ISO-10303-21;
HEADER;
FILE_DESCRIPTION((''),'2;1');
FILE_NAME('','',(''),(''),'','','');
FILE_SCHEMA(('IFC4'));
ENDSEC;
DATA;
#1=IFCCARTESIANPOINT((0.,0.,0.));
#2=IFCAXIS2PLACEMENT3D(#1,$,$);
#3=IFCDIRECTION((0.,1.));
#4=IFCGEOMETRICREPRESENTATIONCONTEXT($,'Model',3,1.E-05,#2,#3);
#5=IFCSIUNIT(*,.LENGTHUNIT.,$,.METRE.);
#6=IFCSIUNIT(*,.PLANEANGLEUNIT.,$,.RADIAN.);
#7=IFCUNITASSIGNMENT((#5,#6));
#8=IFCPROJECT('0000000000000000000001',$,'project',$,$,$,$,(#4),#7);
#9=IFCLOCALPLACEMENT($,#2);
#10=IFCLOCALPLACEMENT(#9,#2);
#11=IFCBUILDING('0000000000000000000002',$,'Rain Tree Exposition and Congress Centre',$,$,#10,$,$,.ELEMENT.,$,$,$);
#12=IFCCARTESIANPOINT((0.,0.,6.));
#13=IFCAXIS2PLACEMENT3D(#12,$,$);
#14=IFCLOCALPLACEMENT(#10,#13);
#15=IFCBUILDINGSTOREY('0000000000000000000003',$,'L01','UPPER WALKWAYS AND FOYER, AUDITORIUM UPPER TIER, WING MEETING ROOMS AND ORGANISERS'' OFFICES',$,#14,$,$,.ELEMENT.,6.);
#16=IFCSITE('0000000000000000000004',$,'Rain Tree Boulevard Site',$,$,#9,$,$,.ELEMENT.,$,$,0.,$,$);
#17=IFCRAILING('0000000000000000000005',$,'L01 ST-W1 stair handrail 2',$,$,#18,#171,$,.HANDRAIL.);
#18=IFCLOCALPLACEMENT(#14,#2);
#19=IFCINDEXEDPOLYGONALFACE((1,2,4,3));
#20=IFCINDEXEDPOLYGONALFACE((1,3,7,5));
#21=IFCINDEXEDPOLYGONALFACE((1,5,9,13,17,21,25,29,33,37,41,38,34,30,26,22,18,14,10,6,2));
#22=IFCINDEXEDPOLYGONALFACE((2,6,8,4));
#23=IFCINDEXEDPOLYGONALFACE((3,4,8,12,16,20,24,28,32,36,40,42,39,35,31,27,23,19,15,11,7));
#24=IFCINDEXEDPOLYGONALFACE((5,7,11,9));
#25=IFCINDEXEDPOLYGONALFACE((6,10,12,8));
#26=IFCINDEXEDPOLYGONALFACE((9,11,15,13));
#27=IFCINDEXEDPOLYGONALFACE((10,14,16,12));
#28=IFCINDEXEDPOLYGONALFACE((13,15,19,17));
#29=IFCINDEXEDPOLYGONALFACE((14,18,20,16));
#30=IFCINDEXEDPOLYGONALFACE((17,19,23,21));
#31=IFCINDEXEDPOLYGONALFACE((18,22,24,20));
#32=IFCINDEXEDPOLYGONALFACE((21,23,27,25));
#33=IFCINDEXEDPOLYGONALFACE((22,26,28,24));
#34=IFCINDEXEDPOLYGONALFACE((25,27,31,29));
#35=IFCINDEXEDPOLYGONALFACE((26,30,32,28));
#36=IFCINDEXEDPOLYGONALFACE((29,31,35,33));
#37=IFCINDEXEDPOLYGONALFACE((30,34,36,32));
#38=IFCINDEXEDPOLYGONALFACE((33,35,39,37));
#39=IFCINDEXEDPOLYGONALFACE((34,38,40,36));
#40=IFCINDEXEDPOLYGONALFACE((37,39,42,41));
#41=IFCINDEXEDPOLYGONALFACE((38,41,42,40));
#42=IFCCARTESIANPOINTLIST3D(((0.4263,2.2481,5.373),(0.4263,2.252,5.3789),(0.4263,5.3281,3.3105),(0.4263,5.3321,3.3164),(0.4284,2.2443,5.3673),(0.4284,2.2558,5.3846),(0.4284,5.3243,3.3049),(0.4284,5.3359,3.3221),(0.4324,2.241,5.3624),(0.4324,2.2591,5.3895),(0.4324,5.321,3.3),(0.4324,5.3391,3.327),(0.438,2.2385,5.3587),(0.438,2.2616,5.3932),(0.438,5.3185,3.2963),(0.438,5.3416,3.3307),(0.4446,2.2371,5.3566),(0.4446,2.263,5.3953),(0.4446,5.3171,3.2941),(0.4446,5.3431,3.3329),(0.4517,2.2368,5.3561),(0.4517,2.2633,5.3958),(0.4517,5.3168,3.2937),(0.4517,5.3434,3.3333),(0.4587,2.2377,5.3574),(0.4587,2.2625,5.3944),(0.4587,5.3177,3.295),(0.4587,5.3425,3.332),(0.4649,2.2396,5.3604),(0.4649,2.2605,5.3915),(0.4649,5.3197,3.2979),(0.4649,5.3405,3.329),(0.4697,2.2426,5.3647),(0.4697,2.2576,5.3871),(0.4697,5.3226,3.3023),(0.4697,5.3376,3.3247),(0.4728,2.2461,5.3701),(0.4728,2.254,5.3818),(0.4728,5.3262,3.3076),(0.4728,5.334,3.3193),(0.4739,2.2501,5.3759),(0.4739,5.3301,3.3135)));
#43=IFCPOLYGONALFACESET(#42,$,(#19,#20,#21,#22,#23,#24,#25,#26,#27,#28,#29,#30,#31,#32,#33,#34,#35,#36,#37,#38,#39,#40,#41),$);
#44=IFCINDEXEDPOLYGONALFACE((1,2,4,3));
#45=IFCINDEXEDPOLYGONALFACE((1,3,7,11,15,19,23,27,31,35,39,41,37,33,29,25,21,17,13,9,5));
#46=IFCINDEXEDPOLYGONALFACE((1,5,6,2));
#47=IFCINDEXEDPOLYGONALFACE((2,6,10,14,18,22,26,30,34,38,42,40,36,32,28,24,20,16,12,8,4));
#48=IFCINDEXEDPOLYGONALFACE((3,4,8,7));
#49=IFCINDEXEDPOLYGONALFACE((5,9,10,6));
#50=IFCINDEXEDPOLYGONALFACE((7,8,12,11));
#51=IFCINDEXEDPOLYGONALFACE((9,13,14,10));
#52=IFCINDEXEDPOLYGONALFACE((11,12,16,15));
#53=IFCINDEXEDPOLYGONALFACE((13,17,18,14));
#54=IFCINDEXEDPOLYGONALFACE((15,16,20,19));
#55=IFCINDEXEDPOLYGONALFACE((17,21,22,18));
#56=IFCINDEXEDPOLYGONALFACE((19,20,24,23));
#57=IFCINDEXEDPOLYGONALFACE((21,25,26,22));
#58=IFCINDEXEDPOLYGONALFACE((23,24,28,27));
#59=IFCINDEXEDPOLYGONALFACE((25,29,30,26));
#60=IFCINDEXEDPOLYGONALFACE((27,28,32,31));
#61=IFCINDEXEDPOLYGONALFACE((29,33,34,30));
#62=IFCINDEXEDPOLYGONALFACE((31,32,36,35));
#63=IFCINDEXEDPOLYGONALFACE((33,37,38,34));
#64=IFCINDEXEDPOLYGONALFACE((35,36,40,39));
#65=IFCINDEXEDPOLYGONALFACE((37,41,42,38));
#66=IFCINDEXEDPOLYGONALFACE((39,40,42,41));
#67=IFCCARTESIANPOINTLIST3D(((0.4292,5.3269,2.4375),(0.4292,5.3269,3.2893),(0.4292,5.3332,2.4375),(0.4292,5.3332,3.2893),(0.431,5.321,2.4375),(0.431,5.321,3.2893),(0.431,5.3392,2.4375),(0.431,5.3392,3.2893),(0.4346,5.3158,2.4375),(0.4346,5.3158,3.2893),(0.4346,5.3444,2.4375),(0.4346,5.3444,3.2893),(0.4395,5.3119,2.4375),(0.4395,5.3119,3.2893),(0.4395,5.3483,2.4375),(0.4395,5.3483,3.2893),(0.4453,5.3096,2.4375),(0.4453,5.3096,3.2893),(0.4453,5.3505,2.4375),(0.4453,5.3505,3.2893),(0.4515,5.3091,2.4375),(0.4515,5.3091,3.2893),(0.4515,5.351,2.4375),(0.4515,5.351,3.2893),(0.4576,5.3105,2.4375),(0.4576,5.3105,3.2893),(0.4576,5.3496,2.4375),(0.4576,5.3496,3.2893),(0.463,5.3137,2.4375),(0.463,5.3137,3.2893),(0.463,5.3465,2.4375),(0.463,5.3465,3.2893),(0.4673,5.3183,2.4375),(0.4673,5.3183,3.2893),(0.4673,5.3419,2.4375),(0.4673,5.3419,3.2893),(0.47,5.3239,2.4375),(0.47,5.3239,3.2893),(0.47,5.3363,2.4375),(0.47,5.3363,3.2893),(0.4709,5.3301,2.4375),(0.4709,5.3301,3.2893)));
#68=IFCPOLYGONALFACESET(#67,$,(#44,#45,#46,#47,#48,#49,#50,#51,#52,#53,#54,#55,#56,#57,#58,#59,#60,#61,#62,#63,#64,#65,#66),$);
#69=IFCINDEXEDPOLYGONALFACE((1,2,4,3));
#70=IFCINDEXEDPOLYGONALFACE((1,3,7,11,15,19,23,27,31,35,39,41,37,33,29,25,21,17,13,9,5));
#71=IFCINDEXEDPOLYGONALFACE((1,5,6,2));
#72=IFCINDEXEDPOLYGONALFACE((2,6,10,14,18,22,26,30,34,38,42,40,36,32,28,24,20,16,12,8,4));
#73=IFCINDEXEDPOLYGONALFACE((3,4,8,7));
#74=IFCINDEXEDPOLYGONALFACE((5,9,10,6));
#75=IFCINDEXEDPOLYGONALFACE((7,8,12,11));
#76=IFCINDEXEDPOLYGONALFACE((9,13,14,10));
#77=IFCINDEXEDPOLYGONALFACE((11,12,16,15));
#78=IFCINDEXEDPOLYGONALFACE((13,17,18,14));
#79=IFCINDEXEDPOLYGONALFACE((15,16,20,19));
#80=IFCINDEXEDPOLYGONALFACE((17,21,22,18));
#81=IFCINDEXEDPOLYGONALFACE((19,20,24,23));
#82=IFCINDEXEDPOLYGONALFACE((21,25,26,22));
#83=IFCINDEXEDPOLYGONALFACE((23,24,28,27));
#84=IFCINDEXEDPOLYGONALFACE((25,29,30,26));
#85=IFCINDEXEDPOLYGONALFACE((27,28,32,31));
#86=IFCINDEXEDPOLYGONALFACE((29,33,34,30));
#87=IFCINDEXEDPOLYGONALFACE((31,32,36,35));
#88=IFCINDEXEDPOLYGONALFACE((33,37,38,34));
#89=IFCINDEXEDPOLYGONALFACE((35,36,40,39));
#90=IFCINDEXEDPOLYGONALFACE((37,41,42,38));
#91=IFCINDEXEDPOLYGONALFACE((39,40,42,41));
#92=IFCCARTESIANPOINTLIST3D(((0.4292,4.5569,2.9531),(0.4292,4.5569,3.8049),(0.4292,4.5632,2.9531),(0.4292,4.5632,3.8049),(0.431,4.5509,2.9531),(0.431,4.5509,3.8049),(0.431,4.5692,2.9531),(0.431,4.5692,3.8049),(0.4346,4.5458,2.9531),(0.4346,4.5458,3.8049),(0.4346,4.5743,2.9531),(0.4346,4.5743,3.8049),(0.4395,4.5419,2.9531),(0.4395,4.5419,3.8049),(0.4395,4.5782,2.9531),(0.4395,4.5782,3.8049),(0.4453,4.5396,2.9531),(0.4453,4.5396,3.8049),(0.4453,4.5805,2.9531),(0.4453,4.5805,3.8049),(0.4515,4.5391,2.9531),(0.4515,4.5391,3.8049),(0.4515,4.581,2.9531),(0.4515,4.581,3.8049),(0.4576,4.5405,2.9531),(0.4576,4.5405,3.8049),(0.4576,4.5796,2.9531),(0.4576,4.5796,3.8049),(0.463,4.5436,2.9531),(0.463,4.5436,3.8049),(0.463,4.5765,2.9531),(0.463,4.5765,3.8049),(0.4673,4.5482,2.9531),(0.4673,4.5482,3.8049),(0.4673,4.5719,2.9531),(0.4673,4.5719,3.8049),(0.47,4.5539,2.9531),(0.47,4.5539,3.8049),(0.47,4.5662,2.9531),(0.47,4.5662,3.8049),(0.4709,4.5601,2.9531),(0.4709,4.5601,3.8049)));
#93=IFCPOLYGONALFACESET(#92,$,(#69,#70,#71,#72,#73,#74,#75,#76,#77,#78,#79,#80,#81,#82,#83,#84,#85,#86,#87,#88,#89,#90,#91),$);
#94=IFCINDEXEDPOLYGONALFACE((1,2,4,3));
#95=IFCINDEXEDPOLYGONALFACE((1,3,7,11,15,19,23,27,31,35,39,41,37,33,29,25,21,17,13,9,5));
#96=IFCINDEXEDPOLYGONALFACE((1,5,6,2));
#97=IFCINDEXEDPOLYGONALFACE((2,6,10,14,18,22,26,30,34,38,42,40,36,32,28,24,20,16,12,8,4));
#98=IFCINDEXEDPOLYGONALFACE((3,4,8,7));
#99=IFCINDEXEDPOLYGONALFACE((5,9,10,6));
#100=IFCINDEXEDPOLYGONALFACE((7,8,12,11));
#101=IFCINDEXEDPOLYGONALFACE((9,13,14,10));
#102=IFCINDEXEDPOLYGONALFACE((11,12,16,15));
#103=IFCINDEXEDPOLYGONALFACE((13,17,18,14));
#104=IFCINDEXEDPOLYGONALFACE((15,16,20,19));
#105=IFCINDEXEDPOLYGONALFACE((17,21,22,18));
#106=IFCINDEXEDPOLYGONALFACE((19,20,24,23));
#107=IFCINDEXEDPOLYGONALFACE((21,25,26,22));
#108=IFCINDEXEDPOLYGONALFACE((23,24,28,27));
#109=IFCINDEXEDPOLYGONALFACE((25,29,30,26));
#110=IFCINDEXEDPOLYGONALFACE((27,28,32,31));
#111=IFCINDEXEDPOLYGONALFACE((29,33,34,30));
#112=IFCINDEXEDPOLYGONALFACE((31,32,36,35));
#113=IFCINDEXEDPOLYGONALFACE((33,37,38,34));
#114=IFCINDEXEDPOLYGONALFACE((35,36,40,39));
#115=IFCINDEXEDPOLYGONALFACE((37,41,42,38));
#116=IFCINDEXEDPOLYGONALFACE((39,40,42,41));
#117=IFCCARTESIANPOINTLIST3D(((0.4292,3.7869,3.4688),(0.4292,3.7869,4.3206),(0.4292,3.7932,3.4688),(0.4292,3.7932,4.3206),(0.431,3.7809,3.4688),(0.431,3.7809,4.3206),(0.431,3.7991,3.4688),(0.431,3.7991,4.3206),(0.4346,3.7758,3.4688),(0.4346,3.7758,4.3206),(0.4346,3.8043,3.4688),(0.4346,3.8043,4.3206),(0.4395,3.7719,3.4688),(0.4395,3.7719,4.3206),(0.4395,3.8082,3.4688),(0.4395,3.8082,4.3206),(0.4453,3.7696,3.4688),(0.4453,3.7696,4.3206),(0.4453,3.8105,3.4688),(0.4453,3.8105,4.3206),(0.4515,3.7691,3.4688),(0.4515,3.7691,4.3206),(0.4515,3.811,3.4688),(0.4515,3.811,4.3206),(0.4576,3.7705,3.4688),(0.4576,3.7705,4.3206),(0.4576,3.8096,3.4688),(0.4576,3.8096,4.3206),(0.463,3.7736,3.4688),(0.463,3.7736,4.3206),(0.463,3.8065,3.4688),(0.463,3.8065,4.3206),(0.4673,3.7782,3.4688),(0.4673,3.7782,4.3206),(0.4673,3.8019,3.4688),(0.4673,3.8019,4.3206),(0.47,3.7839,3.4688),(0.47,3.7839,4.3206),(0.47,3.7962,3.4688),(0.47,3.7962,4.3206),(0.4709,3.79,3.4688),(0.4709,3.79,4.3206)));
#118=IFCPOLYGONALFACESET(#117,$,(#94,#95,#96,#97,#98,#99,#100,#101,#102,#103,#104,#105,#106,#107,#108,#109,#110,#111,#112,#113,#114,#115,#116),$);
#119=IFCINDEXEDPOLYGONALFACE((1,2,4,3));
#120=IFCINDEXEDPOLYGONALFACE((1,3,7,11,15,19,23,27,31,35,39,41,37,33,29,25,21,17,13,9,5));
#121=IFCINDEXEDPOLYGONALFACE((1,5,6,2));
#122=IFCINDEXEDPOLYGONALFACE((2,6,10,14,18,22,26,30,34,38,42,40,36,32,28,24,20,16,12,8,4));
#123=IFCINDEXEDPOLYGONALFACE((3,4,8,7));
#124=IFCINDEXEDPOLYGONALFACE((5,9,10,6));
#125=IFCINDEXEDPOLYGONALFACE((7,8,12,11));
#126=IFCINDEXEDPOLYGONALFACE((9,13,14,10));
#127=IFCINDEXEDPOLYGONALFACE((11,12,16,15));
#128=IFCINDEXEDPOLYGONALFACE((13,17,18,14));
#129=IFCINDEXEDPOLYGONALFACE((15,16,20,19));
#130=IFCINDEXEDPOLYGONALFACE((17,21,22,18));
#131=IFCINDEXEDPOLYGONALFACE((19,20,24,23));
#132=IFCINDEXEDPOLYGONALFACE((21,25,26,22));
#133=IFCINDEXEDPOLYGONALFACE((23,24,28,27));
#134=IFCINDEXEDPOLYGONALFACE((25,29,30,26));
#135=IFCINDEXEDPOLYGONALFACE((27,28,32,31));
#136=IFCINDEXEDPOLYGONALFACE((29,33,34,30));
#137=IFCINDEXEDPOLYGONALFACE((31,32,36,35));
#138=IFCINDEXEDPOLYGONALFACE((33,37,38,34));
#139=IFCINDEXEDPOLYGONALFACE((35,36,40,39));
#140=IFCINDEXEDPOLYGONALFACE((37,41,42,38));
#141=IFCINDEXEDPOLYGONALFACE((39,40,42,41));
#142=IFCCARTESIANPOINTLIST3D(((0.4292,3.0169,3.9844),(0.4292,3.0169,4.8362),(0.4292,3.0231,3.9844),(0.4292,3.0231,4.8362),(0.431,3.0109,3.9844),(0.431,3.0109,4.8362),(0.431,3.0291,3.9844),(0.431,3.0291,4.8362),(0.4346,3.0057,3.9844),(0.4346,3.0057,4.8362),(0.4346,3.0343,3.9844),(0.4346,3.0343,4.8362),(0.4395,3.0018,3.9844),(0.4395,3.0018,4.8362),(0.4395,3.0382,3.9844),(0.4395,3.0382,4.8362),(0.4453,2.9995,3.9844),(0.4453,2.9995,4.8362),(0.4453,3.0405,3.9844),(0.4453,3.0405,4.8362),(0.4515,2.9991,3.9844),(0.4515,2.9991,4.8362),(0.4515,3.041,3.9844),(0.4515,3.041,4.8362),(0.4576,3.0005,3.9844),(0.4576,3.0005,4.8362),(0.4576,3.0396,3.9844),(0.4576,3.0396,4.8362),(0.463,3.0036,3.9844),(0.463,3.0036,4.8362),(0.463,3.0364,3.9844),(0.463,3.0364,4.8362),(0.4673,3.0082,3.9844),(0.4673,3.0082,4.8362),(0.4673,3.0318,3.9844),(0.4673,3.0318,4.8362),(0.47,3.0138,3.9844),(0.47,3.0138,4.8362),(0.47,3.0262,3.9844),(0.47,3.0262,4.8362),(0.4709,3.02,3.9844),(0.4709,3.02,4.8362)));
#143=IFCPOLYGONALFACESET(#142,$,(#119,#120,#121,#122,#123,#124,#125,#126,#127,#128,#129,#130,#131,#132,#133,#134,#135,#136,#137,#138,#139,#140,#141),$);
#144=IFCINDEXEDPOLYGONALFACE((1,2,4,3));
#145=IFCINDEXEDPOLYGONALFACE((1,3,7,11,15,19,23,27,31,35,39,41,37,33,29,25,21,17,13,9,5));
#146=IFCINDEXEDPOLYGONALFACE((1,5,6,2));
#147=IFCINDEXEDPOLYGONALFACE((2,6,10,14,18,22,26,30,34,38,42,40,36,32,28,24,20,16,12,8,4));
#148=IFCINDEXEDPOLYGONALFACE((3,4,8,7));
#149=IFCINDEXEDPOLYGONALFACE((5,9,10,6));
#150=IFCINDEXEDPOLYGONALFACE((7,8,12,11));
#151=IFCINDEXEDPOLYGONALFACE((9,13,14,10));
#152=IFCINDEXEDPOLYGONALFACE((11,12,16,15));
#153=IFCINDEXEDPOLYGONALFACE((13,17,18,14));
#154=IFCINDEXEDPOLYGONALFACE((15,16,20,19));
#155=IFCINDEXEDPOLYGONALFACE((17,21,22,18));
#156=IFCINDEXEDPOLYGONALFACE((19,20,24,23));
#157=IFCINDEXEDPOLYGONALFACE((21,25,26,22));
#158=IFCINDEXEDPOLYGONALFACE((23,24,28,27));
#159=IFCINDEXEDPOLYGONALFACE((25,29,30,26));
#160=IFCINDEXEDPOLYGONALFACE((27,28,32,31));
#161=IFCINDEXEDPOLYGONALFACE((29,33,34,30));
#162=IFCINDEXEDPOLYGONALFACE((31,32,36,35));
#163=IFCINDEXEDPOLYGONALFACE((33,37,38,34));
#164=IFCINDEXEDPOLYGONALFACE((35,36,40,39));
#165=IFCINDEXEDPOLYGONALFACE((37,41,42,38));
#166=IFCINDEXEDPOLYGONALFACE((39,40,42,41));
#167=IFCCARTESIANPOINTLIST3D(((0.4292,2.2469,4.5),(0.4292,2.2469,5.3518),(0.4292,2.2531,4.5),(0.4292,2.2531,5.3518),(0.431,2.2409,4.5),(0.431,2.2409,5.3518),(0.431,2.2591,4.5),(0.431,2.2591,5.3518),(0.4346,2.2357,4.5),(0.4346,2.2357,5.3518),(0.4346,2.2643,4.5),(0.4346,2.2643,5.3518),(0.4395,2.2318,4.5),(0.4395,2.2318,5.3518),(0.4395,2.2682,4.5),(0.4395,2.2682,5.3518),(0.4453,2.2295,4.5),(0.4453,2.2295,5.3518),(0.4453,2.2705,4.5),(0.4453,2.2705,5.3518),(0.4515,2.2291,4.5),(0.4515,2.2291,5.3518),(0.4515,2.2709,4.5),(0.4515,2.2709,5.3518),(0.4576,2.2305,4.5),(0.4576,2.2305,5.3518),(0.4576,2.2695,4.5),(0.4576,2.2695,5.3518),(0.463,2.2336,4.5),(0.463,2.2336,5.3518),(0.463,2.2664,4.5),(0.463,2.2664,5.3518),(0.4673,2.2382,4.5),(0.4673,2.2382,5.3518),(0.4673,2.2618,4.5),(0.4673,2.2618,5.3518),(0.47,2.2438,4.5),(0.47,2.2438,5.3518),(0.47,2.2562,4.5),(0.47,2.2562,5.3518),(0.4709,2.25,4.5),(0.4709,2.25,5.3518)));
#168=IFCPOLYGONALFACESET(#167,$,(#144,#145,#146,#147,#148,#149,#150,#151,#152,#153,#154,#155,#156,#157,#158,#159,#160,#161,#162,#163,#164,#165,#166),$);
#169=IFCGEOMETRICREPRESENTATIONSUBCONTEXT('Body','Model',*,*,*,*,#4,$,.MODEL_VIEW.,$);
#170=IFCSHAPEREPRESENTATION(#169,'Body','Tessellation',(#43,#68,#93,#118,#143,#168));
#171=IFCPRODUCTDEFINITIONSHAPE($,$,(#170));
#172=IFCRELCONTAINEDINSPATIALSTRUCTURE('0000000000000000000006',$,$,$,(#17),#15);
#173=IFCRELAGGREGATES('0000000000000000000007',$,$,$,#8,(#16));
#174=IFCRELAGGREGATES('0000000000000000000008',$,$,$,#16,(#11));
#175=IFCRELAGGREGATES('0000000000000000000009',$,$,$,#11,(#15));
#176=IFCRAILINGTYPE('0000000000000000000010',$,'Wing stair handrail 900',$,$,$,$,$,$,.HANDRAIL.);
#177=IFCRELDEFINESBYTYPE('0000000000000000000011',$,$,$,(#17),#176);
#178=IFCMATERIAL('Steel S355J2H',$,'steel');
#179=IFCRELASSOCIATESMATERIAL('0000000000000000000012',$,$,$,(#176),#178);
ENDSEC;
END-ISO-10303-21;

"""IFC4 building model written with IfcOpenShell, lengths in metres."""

from ifc_helpers import new_model, si_unit, direction, frame, origin, origin_2d, place, context, subcontext, project, spatial, circle, extrude, material, type_object, element, save


model = new_model("IFC4")

# Units and contexts
model_context = context("Model", 3, precision=1e-05, world=origin(), true_north=direction((0.0, 1.0)))
body_context = subcontext(model_context, "Body", "Model", "MODEL_VIEW")
ifc_project = project(units=[si_unit("LENGTHUNIT", "METRE"), si_unit("PLANEANGLEUNIT", "RADIAN")], contexts=[model_context])

# Site, building, storey
site_placement = place(None, origin())
site = spatial("IfcSite", under=ifc_project, at=site_placement, Name="Rain Tree Boulevard Site", CompositionType="ELEMENT", RefElevation=0.0)
building_placement = place(site_placement, origin())
building = spatial("IfcBuilding", under=site, at=building_placement, Name="Rain Tree Exposition and Congress Centre", CompositionType="ELEMENT")
storey_placement = place(building_placement, frame((0.0, 0.0, 6.0)))
storey = spatial("IfcBuildingStorey", under=building, at=storey_placement, Name="L01", Description="UPPER WALKWAYS AND FOYER, AUDITORIUM UPPER TIER, WING MEETING ROOMS AND ORGANISERS' OFFICES", CompositionType="ELEMENT", Elevation=6.0)

# Railing
ifc_material_1 = material(Name="Steel S355J2H", Category="steel")
railing_type_1 = type_object("IfcRailingType", Name="Wing stair handrail 900", PredefinedType="HANDRAIL", material=ifc_material_1)
railing_1_placement = place(storey_placement, frame((0.45, 5.3301, 2.4375)))
element("IfcRailing", 1, at=railing_1_placement, inside=storey, type_object=railing_type_1, Name="L01 ST-W1 stair handrail 2", PredefinedType="HANDRAIL", context=body_context, shape_type="SweptSolid", body=[
    extrude(circle(Radius=0.0239, at=origin_2d()), frame((0.0, 0.0, 0.876), z_axis=(0.0, -0.830914, 0.556401), x_axis=(1.0, 0.0, 0.0)), (0.0, 0.0, 1.0), 3.7068),
    extrude(circle(Radius=0.021, at=origin_2d()), origin(), (0.0, 0.0, 1.0), 0.8518),
    extrude(circle(Radius=0.021, at=origin_2d()), frame((0.0, -0.77, 0.5156)), (0.0, 0.0, 1.0), 0.8518),
    extrude(circle(Radius=0.021, at=origin_2d()), frame((0.0, -1.54, 1.0312)), (0.0, 0.0, 1.0), 0.8518),
    extrude(circle(Radius=0.021, at=origin_2d()), frame((0.0, -2.3101, 1.5469)), (0.0, 0.0, 1.0), 0.8518),
    extrude(circle(Radius=0.021, at=origin_2d()), frame((0.0, -3.0801, 2.0625)), (0.0, 0.0, 1.0), 0.8518),
])

save(model, "model.ifc")
